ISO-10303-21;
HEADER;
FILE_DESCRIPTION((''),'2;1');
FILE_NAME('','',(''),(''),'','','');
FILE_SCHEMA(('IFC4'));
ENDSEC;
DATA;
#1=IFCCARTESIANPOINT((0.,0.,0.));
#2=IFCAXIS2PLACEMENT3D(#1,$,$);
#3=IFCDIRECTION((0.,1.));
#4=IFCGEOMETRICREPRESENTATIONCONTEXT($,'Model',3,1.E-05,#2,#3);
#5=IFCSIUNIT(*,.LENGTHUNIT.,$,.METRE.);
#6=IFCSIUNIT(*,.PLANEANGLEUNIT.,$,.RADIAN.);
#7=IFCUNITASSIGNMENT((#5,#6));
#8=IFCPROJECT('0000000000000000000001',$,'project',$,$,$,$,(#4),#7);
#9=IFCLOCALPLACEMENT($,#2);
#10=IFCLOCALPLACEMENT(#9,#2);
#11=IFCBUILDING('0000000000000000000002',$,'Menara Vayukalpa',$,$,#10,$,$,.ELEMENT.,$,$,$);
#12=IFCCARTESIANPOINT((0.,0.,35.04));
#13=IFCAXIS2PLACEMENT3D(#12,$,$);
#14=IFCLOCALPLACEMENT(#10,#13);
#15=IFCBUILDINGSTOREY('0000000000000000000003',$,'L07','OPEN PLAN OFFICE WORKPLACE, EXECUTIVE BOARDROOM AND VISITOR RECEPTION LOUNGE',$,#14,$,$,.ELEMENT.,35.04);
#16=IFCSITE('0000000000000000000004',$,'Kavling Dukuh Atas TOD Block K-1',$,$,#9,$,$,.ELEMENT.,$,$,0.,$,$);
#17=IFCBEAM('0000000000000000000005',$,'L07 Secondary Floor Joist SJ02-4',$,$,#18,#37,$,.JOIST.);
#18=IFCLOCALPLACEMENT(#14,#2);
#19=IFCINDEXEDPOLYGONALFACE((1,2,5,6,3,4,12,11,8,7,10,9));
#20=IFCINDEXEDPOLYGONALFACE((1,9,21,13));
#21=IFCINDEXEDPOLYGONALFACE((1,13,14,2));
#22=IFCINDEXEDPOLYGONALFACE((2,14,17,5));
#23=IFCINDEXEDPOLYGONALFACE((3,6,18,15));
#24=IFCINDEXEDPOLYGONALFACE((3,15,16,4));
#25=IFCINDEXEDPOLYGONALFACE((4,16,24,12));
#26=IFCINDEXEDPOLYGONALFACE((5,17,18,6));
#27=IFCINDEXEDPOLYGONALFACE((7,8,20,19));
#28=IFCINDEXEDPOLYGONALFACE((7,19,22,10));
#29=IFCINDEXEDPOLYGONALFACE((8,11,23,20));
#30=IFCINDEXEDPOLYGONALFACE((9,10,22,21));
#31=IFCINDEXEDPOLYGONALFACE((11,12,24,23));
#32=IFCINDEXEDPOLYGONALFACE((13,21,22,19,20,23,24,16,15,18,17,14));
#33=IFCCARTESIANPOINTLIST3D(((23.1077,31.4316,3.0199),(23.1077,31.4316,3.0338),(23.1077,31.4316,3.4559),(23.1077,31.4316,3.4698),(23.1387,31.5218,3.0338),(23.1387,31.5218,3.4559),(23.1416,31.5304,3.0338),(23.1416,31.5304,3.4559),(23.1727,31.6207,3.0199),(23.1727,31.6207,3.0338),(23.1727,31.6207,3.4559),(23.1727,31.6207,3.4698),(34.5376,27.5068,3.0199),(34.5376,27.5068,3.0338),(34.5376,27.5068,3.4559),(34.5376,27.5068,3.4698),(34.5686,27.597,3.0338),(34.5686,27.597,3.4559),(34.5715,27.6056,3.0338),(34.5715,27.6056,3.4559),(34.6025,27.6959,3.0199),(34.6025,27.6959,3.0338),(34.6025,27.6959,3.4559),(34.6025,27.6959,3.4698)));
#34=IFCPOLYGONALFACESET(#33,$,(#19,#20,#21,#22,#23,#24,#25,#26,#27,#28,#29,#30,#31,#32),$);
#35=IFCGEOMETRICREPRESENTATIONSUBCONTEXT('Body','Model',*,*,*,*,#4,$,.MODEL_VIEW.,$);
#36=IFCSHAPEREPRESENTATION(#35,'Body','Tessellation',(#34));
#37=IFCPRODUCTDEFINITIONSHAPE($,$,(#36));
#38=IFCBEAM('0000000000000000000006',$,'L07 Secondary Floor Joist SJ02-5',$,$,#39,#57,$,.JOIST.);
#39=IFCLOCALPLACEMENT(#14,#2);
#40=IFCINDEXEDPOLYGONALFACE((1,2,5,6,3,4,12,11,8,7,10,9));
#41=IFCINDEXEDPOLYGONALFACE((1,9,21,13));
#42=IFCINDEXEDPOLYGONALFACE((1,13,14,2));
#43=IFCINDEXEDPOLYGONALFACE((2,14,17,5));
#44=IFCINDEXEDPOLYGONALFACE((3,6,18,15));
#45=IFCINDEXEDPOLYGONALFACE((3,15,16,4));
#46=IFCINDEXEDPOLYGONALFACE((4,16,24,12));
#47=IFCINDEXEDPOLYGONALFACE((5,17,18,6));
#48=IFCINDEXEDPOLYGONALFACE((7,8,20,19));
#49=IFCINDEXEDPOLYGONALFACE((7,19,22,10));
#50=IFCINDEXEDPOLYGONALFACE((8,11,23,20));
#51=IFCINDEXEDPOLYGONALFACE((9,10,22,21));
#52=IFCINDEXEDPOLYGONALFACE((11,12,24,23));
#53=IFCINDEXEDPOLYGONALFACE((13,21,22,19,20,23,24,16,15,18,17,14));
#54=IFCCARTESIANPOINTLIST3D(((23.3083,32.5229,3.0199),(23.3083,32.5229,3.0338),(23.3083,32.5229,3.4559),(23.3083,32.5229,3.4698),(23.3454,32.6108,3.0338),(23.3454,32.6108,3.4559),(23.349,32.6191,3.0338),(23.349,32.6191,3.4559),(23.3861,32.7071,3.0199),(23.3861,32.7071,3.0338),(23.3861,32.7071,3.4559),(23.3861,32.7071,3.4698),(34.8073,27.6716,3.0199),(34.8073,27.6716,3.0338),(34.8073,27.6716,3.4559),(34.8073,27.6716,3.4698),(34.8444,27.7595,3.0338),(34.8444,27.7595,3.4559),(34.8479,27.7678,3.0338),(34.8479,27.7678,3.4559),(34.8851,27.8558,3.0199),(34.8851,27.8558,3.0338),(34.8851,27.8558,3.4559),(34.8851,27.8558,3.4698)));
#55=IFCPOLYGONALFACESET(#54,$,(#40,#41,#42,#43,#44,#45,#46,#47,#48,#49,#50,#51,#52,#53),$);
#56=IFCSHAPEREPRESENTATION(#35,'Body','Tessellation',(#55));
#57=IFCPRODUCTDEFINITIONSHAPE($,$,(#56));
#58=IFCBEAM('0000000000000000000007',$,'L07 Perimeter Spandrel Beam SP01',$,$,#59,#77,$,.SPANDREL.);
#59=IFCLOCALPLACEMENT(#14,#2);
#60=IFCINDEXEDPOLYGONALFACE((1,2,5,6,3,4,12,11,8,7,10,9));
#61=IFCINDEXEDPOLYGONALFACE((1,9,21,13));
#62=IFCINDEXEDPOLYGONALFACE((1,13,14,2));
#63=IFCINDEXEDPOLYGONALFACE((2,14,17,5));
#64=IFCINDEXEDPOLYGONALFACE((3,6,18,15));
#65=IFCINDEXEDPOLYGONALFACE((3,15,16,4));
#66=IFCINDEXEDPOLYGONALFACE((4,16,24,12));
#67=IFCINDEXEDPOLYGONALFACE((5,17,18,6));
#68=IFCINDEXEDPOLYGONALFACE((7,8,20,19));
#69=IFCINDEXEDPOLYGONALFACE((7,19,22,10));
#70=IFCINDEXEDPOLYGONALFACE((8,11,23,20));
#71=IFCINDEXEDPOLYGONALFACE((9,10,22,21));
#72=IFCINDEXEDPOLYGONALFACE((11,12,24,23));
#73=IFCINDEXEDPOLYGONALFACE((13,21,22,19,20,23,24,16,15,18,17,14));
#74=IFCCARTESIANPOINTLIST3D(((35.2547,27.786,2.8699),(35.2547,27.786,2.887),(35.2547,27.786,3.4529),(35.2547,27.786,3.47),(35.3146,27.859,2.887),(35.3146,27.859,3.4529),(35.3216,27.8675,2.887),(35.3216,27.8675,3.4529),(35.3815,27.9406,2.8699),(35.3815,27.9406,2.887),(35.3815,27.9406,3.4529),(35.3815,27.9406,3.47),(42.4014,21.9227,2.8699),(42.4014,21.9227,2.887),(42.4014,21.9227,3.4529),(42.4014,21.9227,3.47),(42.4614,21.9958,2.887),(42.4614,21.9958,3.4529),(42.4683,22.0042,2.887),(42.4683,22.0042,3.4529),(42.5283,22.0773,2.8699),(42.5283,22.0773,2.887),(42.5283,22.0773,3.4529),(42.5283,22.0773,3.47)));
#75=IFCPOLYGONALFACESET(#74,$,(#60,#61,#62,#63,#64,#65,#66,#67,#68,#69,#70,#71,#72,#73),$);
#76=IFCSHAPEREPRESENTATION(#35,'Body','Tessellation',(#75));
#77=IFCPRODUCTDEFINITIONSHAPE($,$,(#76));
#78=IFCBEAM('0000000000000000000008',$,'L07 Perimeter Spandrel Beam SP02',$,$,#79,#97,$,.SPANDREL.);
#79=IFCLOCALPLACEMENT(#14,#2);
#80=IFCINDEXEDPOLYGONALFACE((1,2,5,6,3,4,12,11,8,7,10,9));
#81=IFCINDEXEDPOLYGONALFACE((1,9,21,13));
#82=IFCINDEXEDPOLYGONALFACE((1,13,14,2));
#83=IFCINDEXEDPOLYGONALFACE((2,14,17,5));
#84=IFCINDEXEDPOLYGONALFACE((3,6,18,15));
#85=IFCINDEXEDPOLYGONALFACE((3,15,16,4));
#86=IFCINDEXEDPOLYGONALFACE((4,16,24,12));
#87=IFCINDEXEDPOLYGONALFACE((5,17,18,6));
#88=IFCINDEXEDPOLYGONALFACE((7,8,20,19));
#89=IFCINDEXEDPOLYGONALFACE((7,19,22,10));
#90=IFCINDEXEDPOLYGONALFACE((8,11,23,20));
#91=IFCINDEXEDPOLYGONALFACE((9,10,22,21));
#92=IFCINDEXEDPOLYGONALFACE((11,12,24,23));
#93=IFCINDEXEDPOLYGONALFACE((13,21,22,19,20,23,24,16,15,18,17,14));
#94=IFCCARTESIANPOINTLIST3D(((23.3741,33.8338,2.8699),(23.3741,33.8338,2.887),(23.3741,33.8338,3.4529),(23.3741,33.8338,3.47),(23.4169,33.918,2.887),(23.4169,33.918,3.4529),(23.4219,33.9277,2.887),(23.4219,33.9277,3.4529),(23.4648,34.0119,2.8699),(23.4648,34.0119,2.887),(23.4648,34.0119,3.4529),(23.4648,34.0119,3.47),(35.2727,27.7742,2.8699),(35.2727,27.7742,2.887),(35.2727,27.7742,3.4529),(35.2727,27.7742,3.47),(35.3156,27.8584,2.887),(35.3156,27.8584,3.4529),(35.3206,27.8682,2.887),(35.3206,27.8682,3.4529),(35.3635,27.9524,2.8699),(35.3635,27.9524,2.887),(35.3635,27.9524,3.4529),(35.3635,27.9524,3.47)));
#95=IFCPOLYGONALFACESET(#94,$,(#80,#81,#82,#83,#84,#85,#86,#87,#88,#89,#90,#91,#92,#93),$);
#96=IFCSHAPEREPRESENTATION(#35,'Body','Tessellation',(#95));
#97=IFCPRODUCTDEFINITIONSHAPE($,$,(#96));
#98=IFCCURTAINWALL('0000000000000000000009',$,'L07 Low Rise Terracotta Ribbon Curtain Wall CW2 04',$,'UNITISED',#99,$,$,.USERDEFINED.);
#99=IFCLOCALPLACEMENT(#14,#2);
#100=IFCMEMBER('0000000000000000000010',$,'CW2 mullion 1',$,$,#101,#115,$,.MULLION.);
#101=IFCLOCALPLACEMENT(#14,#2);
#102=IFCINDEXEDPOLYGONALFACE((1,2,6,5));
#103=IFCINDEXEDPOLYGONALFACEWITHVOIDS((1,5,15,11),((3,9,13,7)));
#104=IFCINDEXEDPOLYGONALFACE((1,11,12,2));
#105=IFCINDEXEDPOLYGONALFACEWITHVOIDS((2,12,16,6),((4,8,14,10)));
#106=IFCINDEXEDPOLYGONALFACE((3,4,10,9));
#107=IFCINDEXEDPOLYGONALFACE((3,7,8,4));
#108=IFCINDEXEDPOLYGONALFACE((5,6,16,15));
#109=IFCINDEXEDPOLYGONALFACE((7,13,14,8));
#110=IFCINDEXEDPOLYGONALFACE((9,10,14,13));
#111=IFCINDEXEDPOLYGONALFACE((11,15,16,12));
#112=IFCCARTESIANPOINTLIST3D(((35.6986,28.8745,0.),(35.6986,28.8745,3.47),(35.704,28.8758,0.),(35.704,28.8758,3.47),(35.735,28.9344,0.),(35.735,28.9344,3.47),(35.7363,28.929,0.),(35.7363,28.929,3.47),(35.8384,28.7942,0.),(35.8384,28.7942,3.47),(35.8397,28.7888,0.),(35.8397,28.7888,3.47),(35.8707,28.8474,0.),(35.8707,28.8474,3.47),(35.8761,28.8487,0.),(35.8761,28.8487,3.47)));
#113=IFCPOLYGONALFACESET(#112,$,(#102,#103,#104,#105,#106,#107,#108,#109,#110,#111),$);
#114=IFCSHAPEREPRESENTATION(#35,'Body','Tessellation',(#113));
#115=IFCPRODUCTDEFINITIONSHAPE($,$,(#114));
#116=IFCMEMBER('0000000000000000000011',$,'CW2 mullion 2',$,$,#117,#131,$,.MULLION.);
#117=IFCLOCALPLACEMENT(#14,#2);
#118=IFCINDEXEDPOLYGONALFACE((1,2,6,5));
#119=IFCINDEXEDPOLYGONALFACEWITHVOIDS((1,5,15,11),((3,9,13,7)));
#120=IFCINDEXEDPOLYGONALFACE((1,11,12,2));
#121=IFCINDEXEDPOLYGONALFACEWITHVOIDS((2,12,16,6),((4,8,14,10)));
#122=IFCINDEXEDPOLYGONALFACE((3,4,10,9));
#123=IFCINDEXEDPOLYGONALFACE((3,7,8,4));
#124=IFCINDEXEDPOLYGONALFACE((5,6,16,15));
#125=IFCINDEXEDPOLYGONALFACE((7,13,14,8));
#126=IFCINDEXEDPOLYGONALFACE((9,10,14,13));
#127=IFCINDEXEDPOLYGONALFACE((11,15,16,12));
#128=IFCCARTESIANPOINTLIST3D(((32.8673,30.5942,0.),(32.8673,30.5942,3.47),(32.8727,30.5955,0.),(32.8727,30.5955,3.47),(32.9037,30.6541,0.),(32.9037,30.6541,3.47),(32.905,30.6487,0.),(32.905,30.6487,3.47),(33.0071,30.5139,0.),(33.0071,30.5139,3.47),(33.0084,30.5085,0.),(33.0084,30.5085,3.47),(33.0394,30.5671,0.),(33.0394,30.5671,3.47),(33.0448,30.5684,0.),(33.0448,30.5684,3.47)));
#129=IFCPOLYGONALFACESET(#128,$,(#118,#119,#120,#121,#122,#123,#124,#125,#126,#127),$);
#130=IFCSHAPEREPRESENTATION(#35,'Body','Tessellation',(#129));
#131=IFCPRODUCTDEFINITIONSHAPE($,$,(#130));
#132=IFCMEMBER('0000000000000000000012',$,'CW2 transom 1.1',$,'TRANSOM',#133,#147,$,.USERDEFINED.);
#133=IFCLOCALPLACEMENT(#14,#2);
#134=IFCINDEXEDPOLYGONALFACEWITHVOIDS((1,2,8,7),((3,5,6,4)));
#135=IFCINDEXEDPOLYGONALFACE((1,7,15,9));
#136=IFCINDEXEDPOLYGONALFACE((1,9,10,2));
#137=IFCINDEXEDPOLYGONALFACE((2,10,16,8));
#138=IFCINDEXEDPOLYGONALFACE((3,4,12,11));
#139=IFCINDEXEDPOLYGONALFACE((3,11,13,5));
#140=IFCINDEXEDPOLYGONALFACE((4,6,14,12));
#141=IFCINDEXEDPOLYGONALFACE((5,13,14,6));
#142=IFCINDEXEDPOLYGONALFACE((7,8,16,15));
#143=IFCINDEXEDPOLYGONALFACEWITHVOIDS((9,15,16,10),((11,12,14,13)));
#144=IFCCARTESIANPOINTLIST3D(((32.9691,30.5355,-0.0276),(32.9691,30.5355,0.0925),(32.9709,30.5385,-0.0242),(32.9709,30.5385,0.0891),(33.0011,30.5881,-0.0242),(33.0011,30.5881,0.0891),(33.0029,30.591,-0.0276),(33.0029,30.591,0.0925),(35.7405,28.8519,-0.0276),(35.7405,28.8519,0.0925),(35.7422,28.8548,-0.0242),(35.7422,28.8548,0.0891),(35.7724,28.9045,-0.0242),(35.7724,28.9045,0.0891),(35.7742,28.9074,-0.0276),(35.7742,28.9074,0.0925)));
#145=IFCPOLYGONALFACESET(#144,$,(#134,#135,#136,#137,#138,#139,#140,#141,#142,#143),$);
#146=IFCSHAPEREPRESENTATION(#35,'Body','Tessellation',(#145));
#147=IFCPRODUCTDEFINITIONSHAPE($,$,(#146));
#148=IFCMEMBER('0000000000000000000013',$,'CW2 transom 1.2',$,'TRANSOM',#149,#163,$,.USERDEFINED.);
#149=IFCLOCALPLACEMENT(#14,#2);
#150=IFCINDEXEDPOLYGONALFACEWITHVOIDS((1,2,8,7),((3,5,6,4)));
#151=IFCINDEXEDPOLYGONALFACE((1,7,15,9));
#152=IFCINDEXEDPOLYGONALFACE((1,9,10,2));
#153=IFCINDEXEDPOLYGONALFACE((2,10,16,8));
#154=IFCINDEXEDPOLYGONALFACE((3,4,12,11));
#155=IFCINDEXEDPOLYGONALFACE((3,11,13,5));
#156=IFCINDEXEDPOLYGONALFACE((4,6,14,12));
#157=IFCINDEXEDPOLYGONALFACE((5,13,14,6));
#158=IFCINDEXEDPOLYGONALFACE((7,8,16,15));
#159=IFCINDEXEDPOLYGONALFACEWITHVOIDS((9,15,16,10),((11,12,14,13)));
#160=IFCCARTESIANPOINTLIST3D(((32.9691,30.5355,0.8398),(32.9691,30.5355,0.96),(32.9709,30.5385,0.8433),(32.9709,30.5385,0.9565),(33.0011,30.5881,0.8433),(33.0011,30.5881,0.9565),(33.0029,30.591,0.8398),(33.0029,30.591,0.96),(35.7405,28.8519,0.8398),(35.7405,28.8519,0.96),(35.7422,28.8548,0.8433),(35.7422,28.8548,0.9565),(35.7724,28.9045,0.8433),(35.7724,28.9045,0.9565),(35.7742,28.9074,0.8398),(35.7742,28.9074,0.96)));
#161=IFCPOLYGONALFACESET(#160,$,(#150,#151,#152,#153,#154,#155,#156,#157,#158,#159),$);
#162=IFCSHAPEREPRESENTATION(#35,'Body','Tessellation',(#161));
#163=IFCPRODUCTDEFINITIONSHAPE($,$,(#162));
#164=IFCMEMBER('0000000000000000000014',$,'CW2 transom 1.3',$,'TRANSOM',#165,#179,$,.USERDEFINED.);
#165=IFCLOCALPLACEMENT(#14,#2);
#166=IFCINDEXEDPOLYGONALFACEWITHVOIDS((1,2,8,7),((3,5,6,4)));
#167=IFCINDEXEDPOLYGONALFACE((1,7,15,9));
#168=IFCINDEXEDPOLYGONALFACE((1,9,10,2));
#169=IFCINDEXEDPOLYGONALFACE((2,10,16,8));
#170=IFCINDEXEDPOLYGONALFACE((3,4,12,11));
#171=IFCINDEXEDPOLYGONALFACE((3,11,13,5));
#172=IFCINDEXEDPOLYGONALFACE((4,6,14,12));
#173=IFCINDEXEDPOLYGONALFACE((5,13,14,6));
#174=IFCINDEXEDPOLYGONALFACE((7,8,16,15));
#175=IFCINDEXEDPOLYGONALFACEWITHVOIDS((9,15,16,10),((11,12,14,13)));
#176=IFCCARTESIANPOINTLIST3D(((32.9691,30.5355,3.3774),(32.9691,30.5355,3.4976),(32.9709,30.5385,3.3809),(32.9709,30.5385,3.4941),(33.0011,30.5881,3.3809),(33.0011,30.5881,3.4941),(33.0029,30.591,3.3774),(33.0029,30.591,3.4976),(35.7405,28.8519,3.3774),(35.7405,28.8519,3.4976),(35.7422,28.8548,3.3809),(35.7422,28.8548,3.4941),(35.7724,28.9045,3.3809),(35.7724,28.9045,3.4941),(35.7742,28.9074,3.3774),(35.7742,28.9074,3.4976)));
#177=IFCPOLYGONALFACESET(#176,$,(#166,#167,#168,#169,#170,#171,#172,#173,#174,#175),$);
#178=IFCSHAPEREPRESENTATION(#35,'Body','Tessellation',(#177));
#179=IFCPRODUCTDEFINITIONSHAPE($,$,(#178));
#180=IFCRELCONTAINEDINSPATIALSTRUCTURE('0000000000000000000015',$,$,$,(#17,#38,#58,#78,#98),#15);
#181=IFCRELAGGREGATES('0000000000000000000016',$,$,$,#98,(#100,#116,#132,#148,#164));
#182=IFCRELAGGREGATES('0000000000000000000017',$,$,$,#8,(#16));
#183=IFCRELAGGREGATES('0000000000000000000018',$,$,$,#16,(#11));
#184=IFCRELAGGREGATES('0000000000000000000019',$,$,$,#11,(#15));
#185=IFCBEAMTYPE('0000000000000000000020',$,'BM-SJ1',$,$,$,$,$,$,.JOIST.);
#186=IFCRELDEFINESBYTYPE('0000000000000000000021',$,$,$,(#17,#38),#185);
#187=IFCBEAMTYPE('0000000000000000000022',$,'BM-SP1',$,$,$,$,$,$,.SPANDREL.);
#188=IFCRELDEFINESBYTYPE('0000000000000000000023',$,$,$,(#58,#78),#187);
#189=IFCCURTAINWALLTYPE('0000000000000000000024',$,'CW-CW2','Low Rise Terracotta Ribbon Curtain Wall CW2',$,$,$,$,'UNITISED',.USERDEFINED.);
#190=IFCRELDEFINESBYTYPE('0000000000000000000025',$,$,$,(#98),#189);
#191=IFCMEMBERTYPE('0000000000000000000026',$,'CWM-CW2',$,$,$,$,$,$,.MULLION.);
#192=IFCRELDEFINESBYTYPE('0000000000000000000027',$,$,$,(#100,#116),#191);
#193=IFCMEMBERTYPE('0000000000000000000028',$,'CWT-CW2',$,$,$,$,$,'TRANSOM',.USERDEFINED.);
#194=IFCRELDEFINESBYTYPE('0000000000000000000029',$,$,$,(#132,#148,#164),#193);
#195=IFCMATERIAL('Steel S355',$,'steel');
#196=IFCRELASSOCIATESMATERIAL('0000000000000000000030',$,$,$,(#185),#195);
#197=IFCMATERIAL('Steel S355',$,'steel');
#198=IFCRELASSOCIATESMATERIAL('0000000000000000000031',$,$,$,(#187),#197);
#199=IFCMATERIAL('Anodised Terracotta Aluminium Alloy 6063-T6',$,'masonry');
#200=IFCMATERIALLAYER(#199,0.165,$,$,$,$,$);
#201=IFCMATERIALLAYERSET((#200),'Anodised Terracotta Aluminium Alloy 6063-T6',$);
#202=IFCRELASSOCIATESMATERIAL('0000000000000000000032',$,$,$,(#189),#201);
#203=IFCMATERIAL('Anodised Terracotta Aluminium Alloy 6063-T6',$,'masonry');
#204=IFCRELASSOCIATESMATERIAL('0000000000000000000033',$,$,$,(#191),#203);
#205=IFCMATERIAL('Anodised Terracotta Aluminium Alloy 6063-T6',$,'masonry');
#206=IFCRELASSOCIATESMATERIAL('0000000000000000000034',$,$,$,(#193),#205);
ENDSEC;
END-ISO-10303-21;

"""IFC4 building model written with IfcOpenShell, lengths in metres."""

from ifc_helpers import new_model, si_unit, direction, frame, origin, origin_2d, place, context, subcontext, project, spatial, hollow_rectangle, i_section, extrude, material, layer, layer_set, material_profile, profile_set, type_object, element, aggregate, save


model = new_model("IFC4")

# Units and contexts
model_context = context("Model", 3, precision=1e-05, world=origin(), true_north=direction((0.0, 1.0)))
body_context = subcontext(model_context, "Body", "Model", "MODEL_VIEW")
ifc_project = project(units=[si_unit("LENGTHUNIT", "METRE"), si_unit("PLANEANGLEUNIT", "RADIAN")], contexts=[model_context])

# Site, building, storey
site_placement = place(None, origin())
site = spatial("IfcSite", under=ifc_project, at=site_placement, Name="Kavling Dukuh Atas TOD Block K-1", CompositionType="ELEMENT", RefElevation=0.0)
building_placement = place(site_placement, origin())
building = spatial("IfcBuilding", under=site, at=building_placement, Name="Menara Vayukalpa", CompositionType="ELEMENT")
storey_placement = place(building_placement, frame((0.0, 0.0, 35.04)))
storey = spatial("IfcBuildingStorey", under=building, at=storey_placement, Name="L07", Description="OPEN PLAN OFFICE WORKPLACE, EXECUTIVE BOARDROOM AND VISITOR RECEPTION LOUNGE", CompositionType="ELEMENT", Elevation=35.04)

# Beams
ifc_material_1 = material(Name="Steel S355", Category="steel")
ifc_material_profile_1 = material_profile(ifc_material_1, i_section(OverallWidth=0.2, OverallDepth=0.45, WebThickness=0.009, FlangeThickness=0.0139, at=origin_2d()), Name="WF 450x200x9x14")
ifc_profile_set_1 = profile_set([ifc_material_profile_1], Name="Steel S355")
beam_type_1 = type_object("IfcBeamType", Name="BM-SJ1", PredefinedType="JOIST", material=ifc_profile_set_1)
beam_1_placement = place(storey_placement, frame((34.5701, 27.6013, 3.2449), z_axis=(-0.945794, 0.324766, 0.0), x_axis=(-0.324766, -0.945794, 0.0)))
element("IfcBeam", 1, at=beam_1_placement, inside=storey, type_object=beam_type_1, Name="L07 Secondary Floor Joist SJ02-4", PredefinedType="JOIST", context=body_context, shape_type="SweptSolid", body=[
    extrude(i_section(OverallWidth=0.2, OverallDepth=0.45, WebThickness=0.009, FlangeThickness=0.0139, at=origin_2d()), origin(), (0.0, 0.0, 1.0), 12.085),
])
beam_2_placement = place(storey_placement, frame((34.8462, 27.7637, 3.2449), z_axis=(-0.921359, 0.388712, 0.0), x_axis=(-0.388712, -0.921359, 0.0)))
element("IfcBeam", 2, at=beam_2_placement, inside=storey, type_object=beam_type_1, Name="L07 Secondary Floor Joist SJ02-5", PredefinedType="JOIST", context=body_context, shape_type="SweptSolid", body=[
    extrude(i_section(OverallWidth=0.2, OverallDepth=0.45, WebThickness=0.009, FlangeThickness=0.0139, at=origin_2d()), origin(), (0.0, 0.0, 1.0), 12.4805),
])
ifc_material_2 = material(Name="Steel S355", Category="steel")
ifc_material_profile_2 = material_profile(ifc_material_2, i_section(OverallWidth=0.2, OverallDepth=0.6001, WebThickness=0.011, FlangeThickness=0.0171, at=origin_2d()), Name="WF 600x200x11x17")
ifc_profile_set_2 = profile_set([ifc_material_profile_2], Name="Steel S355")
beam_type_2 = type_object("IfcBeamType", Name="BM-SP1", PredefinedType="SPANDREL", material=ifc_profile_set_2)
beam_3_placement = place(storey_placement, frame((42.4648, 22.0, 3.1699), z_axis=(-0.773111, 0.634271, 0.0), x_axis=(-0.634271, -0.773111, 0.0)))
element("IfcBeam", 3, at=beam_3_placement, inside=storey, type_object=beam_type_2, Name="L07 Perimeter Spandrel Beam SP01", PredefinedType="SPANDREL", context=body_context, shape_type="SweptSolid", body=[
    extrude(i_section(OverallWidth=0.2, OverallDepth=0.6001, WebThickness=0.011, FlangeThickness=0.0171, at=origin_2d()), origin(), (0.0, 0.0, 1.0), 9.2441),
])
beam_4_placement = place(storey_placement, frame((35.3181, 27.8633, 3.1699), z_axis=(-0.891101, 0.453806, 0.0), x_axis=(-0.453806, -0.891101, 0.0)))
element("IfcBeam", 4, at=beam_4_placement, inside=storey, type_object=beam_type_2, Name="L07 Perimeter Spandrel Beam SP02", PredefinedType="SPANDREL", context=body_context, shape_type="SweptSolid", body=[
    extrude(i_section(OverallWidth=0.2, OverallDepth=0.6001, WebThickness=0.011, FlangeThickness=0.0171, at=origin_2d()), origin(), (0.0, 0.0, 1.0), 13.3528),
])

# Curtain wall, members
ifc_material_3 = material(Name="Anodised Terracotta Aluminium Alloy 6063-T6", Category="masonry")
ifc_layer_1 = layer(ifc_material_3, 0.165)
ifc_layer_set_1 = layer_set([ifc_layer_1], Name="Anodised Terracotta Aluminium Alloy 6063-T6")
curtain_wall_type = type_object("IfcCurtainWallType", Name="CW-CW2", Description="Low Rise Terracotta Ribbon Curtain Wall CW2", ElementType="UNITISED", PredefinedType="USERDEFINED", material=ifc_layer_set_1)
curtain_wall_placement = place(storey_placement, origin())
curtain_wall = element("IfcCurtainWall", 5, at=curtain_wall_placement, inside=storey, type_object=curtain_wall_type, Name="L07 Low Rise Terracotta Ribbon Curtain Wall CW2 04", ObjectType="UNITISED", PredefinedType="USERDEFINED")
ifc_material_4 = material(Name="Anodised Terracotta Aluminium Alloy 6063-T6", Category="masonry")
ifc_material_profile_3 = material_profile(ifc_material_4, hollow_rectangle(XDim=0.0701, YDim=0.165, WallThickness=0.0039, at=origin_2d()), Name="ALU 70x165x4")
ifc_profile_set_3 = profile_set([ifc_material_profile_3], Name="Anodised Terracotta Aluminium Alloy 6063-T6")
member_type_1 = type_object("IfcMemberType", Name="CWM-CW2", PredefinedType="MULLION", material=ifc_profile_set_3)
member_1_placement = place(storey_placement, frame((35.7874, 28.8616, 0.0), z_axis=(0.0, 0.0, 1.0), x_axis=(-0.519182, -0.854664, 0.0)))
member_1 = element("IfcMember", 6, at=member_1_placement, type_object=member_type_1, Name="CW2 mullion 1", PredefinedType="MULLION", context=body_context, shape_type="SweptSolid", body=[
    extrude(hollow_rectangle(XDim=0.0701, YDim=0.165, WallThickness=0.0039, at=origin_2d()), origin(), (0.0, 0.0, 1.0), 3.47),
])
member_2_placement = place(storey_placement, frame((32.9561, 30.5813, 0.0), z_axis=(0.0, 0.0, 1.0), x_axis=(-0.519182, -0.854664, 0.0)))
member_2 = element("IfcMember", 7, at=member_2_placement, type_object=member_type_1, Name="CW2 mullion 2", PredefinedType="MULLION", context=body_context, shape_type="SweptSolid", body=[
    extrude(hollow_rectangle(XDim=0.0701, YDim=0.165, WallThickness=0.0039, at=origin_2d()), origin(), (0.0, 0.0, 1.0), 3.47),
])
ifc_material_5 = material(Name="Anodised Terracotta Aluminium Alloy 6063-T6", Category="masonry")
ifc_material_profile_4 = material_profile(ifc_material_5, hollow_rectangle(XDim=0.0649, YDim=0.1201, WallThickness=0.0034, at=origin_2d()), Name="ALU 65x120x3.5")
ifc_profile_set_4 = profile_set([ifc_material_profile_4], Name="Anodised Terracotta Aluminium Alloy 6063-T6")
member_type_2 = type_object("IfcMemberType", Name="CWT-CW2", ElementType="TRANSOM", PredefinedType="USERDEFINED", material=ifc_profile_set_4)
member_3_placement = place(storey_placement, frame((35.7573, 28.8796, 0.0325), z_axis=(-0.854643, 0.519216, 0.0), x_axis=(-0.519216, -0.854643, 0.0)))
member_3 = element("IfcMember", 8, at=member_3_placement, type_object=member_type_2, Name="CW2 transom 1.1", ObjectType="TRANSOM", PredefinedType="USERDEFINED", context=body_context, shape_type="SweptSolid", body=[
    extrude(hollow_rectangle(XDim=0.0649, YDim=0.1201, WallThickness=0.0034, at=origin_2d()), origin(), (0.0, 0.0, 1.0), 3.2427),
])
member_4_placement = place(storey_placement, frame((35.7573, 28.8796, 0.8999), z_axis=(-0.854643, 0.519216, 0.0), x_axis=(-0.519216, -0.854643, 0.0)))
member_4 = element("IfcMember", 9, at=member_4_placement, type_object=member_type_2, Name="CW2 transom 1.2", ObjectType="TRANSOM", PredefinedType="USERDEFINED", context=body_context, shape_type="SweptSolid", body=[
    extrude(hollow_rectangle(XDim=0.0649, YDim=0.1201, WallThickness=0.0034, at=origin_2d()), origin(), (0.0, 0.0, 1.0), 3.2427),
])
member_5_placement = place(storey_placement, frame((35.7573, 28.8796, 3.4375), z_axis=(-0.854643, 0.519216, 0.0), x_axis=(-0.519216, -0.854643, 0.0)))
member_5 = element("IfcMember", 10, at=member_5_placement, type_object=member_type_2, Name="CW2 transom 1.3", ObjectType="TRANSOM", PredefinedType="USERDEFINED", context=body_context, shape_type="SweptSolid", body=[
    extrude(hollow_rectangle(XDim=0.0649, YDim=0.1201, WallThickness=0.0034, at=origin_2d()), origin(), (0.0, 0.0, 1.0), 3.2427),
])
aggregate(curtain_wall, [member_1, member_2, member_3, member_4, member_5])

save(model, "model.ifc")
